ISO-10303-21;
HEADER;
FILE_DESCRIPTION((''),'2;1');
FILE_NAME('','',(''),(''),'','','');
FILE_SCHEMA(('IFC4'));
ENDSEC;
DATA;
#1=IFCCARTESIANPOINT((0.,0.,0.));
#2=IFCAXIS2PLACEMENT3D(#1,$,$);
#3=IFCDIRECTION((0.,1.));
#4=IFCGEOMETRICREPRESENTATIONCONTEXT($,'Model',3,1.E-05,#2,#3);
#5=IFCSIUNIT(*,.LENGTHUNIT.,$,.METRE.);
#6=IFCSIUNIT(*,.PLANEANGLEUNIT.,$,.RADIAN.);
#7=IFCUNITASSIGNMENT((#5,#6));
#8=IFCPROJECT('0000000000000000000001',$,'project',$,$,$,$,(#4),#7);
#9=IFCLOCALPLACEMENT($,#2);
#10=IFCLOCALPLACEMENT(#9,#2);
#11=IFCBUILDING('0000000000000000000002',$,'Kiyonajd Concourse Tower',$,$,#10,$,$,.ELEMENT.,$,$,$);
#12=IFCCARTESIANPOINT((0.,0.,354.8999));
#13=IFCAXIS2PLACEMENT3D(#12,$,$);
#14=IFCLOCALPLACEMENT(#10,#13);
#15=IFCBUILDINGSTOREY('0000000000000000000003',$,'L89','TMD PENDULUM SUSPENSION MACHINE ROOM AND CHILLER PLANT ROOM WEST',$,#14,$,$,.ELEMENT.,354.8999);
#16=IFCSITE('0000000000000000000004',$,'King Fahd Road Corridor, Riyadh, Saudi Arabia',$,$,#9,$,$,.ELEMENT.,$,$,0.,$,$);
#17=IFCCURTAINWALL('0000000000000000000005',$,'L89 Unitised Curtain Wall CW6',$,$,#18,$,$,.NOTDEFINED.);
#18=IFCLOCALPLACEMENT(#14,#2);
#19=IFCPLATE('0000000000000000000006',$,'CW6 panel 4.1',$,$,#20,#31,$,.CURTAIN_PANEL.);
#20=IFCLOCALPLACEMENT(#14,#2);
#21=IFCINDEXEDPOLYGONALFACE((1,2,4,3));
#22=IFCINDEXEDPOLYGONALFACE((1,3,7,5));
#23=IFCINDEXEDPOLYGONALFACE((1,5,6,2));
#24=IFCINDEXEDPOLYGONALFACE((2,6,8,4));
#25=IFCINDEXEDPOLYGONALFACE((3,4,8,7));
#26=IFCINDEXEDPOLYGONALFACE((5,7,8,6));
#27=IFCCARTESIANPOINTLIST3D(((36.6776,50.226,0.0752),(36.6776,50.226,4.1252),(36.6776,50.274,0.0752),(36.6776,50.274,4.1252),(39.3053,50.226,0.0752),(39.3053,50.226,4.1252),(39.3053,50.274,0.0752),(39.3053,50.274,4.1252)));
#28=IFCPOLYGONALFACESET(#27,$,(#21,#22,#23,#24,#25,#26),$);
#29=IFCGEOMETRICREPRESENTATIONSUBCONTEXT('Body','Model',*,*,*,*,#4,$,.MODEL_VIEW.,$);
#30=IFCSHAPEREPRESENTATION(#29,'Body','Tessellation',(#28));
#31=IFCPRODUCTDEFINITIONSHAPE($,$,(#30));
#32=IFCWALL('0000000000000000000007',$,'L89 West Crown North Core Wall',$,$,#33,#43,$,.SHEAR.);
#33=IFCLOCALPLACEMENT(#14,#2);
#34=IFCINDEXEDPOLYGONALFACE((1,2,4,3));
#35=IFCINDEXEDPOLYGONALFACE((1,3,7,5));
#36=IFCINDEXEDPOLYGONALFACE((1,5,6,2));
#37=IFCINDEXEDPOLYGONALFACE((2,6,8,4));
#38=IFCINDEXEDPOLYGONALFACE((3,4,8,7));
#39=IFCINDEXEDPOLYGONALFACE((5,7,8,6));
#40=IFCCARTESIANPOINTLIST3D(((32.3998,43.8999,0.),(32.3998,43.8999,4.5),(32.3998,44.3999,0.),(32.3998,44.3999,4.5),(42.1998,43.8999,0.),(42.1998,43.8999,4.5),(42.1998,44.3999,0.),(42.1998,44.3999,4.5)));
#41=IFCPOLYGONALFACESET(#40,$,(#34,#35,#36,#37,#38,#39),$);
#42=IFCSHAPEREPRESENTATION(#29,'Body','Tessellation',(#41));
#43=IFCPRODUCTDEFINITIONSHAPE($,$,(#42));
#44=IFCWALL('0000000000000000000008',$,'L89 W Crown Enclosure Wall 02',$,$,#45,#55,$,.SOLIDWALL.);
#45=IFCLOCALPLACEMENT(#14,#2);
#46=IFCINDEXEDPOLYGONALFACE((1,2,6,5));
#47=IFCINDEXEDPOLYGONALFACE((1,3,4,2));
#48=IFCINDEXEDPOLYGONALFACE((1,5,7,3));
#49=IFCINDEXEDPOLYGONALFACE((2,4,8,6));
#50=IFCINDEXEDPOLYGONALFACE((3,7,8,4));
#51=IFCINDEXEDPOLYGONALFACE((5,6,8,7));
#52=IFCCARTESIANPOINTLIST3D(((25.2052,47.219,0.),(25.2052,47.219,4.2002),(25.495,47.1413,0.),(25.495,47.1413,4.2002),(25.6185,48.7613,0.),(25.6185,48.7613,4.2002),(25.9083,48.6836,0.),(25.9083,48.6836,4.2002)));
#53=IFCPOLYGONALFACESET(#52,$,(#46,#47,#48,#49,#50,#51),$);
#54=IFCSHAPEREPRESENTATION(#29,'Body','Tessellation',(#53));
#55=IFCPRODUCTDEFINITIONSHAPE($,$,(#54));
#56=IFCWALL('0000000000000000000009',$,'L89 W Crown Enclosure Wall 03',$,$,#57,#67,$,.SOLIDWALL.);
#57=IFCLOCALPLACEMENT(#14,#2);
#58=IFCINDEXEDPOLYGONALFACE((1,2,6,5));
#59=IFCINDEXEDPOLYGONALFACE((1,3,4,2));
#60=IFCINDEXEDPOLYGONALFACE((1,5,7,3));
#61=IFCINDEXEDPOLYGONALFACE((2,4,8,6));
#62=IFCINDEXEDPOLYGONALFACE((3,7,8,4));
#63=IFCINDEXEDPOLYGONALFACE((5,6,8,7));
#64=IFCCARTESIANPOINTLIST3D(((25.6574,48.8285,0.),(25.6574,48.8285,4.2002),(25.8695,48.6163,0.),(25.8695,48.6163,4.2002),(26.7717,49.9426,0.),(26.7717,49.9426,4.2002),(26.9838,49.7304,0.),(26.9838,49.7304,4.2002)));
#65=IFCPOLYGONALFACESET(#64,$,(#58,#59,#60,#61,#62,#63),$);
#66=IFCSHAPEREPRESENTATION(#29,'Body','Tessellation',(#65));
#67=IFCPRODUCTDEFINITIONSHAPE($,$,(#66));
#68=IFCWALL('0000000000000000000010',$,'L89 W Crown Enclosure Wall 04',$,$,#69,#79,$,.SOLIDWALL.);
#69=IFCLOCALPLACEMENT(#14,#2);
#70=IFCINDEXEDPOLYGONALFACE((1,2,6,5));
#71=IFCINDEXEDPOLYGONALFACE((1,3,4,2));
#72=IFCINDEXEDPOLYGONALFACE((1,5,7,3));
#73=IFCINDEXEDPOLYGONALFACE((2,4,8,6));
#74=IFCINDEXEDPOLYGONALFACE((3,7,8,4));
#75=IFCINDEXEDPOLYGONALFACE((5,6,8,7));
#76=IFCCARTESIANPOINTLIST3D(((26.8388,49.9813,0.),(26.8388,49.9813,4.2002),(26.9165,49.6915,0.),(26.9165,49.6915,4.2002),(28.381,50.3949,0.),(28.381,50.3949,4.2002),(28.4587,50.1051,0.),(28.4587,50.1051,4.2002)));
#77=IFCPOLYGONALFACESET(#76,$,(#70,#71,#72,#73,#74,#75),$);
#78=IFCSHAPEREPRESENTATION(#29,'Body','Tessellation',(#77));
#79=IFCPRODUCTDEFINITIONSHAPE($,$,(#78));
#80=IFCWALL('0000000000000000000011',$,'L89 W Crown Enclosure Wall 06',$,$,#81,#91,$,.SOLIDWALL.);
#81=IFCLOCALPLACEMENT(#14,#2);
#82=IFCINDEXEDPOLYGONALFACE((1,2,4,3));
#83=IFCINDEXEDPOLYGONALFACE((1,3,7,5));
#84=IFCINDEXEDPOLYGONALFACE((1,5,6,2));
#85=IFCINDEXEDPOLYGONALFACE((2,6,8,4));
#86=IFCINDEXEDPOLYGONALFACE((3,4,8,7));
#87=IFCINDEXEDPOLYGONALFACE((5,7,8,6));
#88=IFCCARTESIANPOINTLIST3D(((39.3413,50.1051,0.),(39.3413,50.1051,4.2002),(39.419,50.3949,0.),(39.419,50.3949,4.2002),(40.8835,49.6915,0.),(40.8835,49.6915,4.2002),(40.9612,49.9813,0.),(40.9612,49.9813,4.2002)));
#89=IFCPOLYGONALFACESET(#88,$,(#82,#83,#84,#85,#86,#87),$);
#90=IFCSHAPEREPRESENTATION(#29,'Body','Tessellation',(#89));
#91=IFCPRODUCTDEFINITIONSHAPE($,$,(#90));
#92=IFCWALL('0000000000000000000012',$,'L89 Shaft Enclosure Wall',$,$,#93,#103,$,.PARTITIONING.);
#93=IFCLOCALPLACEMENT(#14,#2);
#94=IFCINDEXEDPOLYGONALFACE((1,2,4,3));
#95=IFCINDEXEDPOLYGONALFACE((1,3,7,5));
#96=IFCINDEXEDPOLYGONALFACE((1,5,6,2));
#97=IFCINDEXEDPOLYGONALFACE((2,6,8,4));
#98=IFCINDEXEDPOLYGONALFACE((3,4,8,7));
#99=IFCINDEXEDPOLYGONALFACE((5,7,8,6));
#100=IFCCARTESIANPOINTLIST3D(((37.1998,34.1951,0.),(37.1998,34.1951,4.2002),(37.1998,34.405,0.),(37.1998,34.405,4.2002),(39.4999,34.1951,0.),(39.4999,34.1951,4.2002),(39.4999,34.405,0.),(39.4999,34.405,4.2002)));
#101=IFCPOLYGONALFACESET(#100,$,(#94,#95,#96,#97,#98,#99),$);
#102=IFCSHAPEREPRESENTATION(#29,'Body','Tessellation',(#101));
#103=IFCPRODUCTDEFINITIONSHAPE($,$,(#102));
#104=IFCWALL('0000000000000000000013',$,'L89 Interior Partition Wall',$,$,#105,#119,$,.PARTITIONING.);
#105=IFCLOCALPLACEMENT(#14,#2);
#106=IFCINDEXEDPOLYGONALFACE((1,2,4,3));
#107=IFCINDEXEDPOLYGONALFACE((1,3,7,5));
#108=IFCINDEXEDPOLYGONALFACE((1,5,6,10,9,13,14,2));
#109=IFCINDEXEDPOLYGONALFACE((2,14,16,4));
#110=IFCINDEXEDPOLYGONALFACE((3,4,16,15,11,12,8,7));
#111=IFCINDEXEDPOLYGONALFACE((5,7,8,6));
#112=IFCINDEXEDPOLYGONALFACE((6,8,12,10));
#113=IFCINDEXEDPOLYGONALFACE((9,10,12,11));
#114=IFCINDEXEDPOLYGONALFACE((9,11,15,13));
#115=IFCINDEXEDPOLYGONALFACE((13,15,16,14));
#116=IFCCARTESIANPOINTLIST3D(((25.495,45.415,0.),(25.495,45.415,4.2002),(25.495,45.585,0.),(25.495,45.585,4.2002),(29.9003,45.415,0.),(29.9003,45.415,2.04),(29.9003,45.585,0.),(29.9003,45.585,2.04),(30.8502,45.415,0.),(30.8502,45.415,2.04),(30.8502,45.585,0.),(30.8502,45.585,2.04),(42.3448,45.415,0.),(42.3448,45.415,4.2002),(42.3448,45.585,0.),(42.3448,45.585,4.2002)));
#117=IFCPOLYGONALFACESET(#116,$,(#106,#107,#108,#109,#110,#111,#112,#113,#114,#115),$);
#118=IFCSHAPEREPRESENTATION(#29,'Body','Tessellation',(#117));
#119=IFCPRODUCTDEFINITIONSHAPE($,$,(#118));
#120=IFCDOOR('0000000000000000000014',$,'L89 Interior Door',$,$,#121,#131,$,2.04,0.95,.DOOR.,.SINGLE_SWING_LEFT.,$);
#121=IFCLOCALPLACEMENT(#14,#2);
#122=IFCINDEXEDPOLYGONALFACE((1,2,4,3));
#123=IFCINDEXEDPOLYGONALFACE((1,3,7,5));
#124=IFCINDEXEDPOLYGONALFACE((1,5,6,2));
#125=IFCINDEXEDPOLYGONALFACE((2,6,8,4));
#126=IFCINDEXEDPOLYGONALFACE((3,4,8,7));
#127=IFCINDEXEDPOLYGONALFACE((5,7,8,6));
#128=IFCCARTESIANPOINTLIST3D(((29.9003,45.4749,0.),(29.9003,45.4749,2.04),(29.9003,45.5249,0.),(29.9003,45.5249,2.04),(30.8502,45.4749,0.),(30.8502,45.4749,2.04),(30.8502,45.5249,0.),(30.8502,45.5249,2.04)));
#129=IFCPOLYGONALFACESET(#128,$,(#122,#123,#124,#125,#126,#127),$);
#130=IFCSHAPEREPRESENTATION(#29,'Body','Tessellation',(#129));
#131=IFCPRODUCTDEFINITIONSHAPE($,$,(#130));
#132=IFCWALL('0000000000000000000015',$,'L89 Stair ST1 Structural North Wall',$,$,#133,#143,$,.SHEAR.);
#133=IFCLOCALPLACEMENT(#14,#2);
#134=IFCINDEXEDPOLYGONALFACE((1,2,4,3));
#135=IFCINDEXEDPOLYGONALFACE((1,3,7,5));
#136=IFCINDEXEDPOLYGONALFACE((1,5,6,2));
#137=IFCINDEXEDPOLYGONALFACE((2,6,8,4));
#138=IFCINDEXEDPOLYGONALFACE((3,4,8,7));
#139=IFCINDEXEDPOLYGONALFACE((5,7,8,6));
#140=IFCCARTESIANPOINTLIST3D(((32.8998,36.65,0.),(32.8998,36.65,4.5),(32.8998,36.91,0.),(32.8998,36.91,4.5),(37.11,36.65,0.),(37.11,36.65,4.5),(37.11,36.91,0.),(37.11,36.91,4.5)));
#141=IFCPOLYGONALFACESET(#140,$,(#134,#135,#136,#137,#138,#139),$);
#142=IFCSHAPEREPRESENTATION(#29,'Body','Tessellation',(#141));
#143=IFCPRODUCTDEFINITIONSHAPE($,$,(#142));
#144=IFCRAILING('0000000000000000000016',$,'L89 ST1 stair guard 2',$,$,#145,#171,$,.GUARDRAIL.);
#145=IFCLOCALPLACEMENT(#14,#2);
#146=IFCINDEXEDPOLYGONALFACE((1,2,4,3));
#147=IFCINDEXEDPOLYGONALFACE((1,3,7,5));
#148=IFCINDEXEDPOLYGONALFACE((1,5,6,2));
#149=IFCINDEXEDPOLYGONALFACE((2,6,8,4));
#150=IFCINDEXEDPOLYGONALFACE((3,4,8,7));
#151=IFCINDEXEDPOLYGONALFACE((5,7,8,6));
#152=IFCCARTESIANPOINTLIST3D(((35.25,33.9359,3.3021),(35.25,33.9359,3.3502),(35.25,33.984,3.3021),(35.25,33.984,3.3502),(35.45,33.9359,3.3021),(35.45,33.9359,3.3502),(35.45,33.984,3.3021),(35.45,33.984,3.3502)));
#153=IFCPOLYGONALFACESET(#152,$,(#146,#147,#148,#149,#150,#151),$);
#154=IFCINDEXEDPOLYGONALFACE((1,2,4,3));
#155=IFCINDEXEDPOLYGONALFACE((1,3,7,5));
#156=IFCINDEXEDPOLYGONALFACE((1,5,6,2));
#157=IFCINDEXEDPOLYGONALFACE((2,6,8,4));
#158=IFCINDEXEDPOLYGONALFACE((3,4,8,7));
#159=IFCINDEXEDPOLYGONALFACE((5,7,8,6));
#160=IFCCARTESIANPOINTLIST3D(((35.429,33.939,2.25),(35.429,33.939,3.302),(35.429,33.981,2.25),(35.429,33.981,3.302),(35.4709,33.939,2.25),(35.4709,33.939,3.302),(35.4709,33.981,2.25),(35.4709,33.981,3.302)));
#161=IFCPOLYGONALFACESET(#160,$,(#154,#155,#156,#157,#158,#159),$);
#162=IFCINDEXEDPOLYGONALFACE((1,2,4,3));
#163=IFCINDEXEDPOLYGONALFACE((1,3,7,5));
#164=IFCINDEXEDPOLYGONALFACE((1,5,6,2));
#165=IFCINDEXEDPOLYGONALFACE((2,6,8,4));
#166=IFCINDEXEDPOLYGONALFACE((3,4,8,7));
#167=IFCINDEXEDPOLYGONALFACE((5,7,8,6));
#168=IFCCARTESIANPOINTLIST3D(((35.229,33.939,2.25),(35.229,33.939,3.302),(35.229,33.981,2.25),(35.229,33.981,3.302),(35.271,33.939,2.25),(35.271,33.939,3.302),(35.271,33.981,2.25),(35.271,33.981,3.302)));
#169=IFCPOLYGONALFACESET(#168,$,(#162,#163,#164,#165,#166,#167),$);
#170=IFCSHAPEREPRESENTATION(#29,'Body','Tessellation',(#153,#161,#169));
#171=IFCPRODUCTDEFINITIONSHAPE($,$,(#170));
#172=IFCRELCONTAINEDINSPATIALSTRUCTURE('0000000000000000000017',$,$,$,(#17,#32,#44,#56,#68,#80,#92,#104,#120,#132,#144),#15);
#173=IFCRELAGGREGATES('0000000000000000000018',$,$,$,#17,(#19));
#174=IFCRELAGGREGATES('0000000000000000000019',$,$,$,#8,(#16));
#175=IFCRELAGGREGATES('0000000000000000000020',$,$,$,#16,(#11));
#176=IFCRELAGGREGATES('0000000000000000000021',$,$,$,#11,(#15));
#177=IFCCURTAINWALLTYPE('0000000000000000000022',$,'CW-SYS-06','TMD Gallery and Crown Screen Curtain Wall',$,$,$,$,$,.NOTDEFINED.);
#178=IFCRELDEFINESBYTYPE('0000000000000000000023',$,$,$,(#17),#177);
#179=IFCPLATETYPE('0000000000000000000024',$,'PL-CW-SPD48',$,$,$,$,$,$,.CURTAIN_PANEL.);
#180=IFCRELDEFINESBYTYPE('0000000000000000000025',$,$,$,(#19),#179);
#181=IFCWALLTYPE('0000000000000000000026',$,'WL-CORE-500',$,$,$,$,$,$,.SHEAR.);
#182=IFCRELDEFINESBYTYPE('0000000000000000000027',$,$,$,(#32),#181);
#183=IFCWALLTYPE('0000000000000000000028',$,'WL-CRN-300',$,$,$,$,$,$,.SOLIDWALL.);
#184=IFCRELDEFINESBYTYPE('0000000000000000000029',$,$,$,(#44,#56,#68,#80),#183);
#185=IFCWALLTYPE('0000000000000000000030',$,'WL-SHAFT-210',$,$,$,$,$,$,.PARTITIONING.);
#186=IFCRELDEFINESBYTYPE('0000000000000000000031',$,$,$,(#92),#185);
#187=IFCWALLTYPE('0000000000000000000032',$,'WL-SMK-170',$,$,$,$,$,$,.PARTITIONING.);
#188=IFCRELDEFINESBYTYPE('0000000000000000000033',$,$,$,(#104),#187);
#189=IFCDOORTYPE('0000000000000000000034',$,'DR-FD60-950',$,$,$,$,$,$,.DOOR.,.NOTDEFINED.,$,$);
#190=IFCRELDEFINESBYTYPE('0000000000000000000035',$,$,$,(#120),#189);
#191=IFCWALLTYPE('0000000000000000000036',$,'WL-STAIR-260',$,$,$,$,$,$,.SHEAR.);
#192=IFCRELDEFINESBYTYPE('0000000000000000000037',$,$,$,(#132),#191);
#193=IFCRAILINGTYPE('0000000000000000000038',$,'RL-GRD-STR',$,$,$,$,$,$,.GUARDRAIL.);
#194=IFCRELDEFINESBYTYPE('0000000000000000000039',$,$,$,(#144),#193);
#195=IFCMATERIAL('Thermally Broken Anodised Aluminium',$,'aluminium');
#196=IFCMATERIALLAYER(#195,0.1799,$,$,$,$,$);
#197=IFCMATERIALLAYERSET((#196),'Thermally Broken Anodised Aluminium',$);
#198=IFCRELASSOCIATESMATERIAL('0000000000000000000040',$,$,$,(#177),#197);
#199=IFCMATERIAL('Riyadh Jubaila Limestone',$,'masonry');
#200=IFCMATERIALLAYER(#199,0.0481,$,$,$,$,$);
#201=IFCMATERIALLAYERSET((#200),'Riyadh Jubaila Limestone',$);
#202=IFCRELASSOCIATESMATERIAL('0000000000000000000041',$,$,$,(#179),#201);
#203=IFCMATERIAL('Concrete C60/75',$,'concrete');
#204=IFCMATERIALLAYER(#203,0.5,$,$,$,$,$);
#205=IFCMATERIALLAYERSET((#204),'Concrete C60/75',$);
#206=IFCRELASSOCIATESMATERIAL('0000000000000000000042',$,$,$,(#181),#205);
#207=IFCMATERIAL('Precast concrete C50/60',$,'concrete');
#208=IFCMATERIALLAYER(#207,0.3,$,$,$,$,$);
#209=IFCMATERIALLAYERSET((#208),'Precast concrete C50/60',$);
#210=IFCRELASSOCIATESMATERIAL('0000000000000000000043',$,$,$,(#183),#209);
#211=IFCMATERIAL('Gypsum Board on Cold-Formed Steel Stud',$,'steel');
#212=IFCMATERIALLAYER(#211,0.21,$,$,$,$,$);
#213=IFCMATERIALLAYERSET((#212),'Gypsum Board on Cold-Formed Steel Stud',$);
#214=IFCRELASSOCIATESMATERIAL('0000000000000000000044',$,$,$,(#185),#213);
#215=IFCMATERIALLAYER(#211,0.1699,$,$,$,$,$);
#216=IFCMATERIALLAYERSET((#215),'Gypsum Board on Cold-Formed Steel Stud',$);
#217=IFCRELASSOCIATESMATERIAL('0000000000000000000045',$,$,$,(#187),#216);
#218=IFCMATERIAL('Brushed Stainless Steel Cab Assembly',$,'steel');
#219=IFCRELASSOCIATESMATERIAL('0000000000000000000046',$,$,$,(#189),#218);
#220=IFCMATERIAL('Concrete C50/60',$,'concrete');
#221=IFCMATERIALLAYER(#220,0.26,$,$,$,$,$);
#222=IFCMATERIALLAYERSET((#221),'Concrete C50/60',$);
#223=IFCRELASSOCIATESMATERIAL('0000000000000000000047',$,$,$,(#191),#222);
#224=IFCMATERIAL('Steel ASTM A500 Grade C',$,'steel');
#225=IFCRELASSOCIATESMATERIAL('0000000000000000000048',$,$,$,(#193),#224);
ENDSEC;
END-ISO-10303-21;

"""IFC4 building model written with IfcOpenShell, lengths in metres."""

from ifc_helpers import new_model, si_unit, direction, frame, frame_2d, origin, origin_2d, place, context, subcontext, project, spatial, rectangle, extrude, material, layer, layer_set, type_object, element, fill, aggregate, save


model = new_model("IFC4")

# Units and contexts
model_context = context("Model", 3, precision=1e-05, world=origin(), true_north=direction((0.0, 1.0)))
body_context = subcontext(model_context, "Body", "Model", "MODEL_VIEW")
ifc_project = project(units=[si_unit("LENGTHUNIT", "METRE"), si_unit("PLANEANGLEUNIT", "RADIAN")], contexts=[model_context])

# Site, building, storey
site_placement = place(None, origin())
site = spatial("IfcSite", under=ifc_project, at=site_placement, Name="King Fahd Road Corridor, Riyadh, Saudi Arabia", CompositionType="ELEMENT", RefElevation=0.0)
building_placement = place(site_placement, origin())
building = spatial("IfcBuilding", under=site, at=building_placement, Name="Kiyonajd Concourse Tower", CompositionType="ELEMENT")
storey_placement = place(building_placement, frame((0.0, 0.0, 354.8999)))
storey = spatial("IfcBuildingStorey", under=building, at=storey_placement, Name="L89", Description="TMD PENDULUM SUSPENSION MACHINE ROOM AND CHILLER PLANT ROOM WEST", CompositionType="ELEMENT", Elevation=354.8999)

# Shared definitions
ifc_material_1 = material(Name="Steel ASTM A500 Grade C", Category="steel")

# Curtain wall
ifc_material_2 = material(Name="Thermally Broken Anodised Aluminium", Category="aluminium")
ifc_layer_1 = layer(ifc_material_2, 0.1799)
ifc_layer_set_1 = layer_set([ifc_layer_1], Name="Thermally Broken Anodised Aluminium")
curtain_wall_type = type_object("IfcCurtainWallType", Name="CW-SYS-06", Description="TMD Gallery and Crown Screen Curtain Wall", PredefinedType="NOTDEFINED", material=ifc_layer_set_1)
curtain_wall_placement = place(storey_placement, origin())
curtain_wall = element("IfcCurtainWall", 1, at=curtain_wall_placement, inside=storey, type_object=curtain_wall_type, Name="L89 Unitised Curtain Wall CW6", PredefinedType="NOTDEFINED")

# Plate
ifc_material_3 = material(Name="Riyadh Jubaila Limestone", Category="masonry")
ifc_layer_2 = layer(ifc_material_3, 0.0481)
ifc_layer_set_2 = layer_set([ifc_layer_2], Name="Riyadh Jubaila Limestone")
plate_type_1 = type_object("IfcPlateType", Name="PL-CW-SPD48", PredefinedType="CURTAIN_PANEL", material=ifc_layer_set_2)
plate_1_placement = place(storey_placement, frame((37.9915, 50.25, 0.0752), z_axis=(0.0, 0.0, 1.0), x_axis=(1.0, 0.0, 0.0)))
plate_1 = element("IfcPlate", 2, at=plate_1_placement, type_object=plate_type_1, Name="CW6 panel 4.1", PredefinedType="CURTAIN_PANEL", context=body_context, shape_type="SweptSolid", body=[
    extrude(rectangle(XDim=2.6277, YDim=0.0481, at=origin_2d()), origin(), (0.0, 0.0, 1.0), 4.05),
])
aggregate(curtain_wall, [plate_1])

# Walls
ifc_material_4 = material(Name="Concrete C60/75", Category="concrete")
ifc_layer_3 = layer(ifc_material_4, 0.5)
ifc_layer_set_3 = layer_set([ifc_layer_3], Name="Concrete C60/75")
wall_type_1 = type_object("IfcWallType", Name="WL-CORE-500", PredefinedType="SHEAR", material=ifc_layer_set_3)
wall_1_placement = place(storey_placement, frame((32.3999, 44.1499, 0.0), z_axis=(0.0, 0.0, 1.0), x_axis=(1.0, 0.0, 0.0)))
element("IfcWall", 3, at=wall_1_placement, inside=storey, type_object=wall_type_1, Name="L89 West Crown North Core Wall", PredefinedType="SHEAR", context=body_context, shape_type="SweptSolid", body=[
    extrude(rectangle(XDim=9.8, YDim=0.5, at=frame_2d((4.8999, 0.0))), origin(), (0.0, 0.0, 1.0), 4.5),
])
ifc_material_5 = material(Name="Precast concrete C50/60", Category="concrete")
ifc_layer_4 = layer(ifc_material_5, 0.3)
ifc_layer_set_4 = layer_set([ifc_layer_4], Name="Precast concrete C50/60")
wall_type_2 = type_object("IfcWallType", Name="WL-CRN-300", PredefinedType="SOLIDWALL", material=ifc_layer_set_4)
wall_2_placement = place(storey_placement, frame((25.3501, 47.1802, 0.0), z_axis=(0.0, 0.0, 1.0), x_axis=(0.258871, 0.965912, 0.0)))
element("IfcWall", 4, at=wall_2_placement, inside=storey, type_object=wall_type_2, Name="L89 W Crown Enclosure Wall 02", PredefinedType="SOLIDWALL", context=body_context, shape_type="SweptSolid", body=[
    extrude(rectangle(XDim=1.5967, YDim=0.3, at=frame_2d((0.7983, 0.0))), origin(), (0.0, 0.0, 1.0), 4.2002),
])
wall_3_placement = place(storey_placement, frame((25.7634, 48.7224, 0.0), z_axis=(0.0, 0.0, 1.0), x_axis=(0.707184, 0.707029, 0.0)))
element("IfcWall", 5, at=wall_3_placement, inside=storey, type_object=wall_type_2, Name="L89 W Crown Enclosure Wall 03", PredefinedType="SOLIDWALL", context=body_context, shape_type="SweptSolid", body=[
    extrude(rectangle(XDim=1.5757, YDim=0.3, at=frame_2d((0.7878, 0.0))), origin(), (0.0, 0.0, 1.0), 4.2002),
])
for number, where, z_axis, x_axis, name in (
    (6, (26.8777, 49.8364, 0.0), (0.0, 0.0, 1.0), (0.965874, 0.259014, 0.0), "L89 W Crown Enclosure Wall 04"),
    (7, (39.3801, 50.25, 0.0), (0.0, 0.0, 1.0), (0.965874, -0.259014, 0.0), "L89 W Crown Enclosure Wall 06"),
):
    element("IfcWall", number, at=place(storey_placement, frame(where, z_axis=z_axis, x_axis=x_axis)), inside=storey, type_object=wall_type_2, Name=name, PredefinedType="SOLIDWALL", context=body_context, shape_type="SweptSolid", body=[
        extrude(rectangle(XDim=1.5967, YDim=0.3, at=frame_2d((0.7983, 0.0))), origin(), (0.0, 0.0, 1.0), 4.2002),
    ])
ifc_material_6 = material(Name="Gypsum Board on Cold-Formed Steel Stud", Category="steel")
ifc_layer_5 = layer(ifc_material_6, 0.21)
ifc_layer_set_5 = layer_set([ifc_layer_5], Name="Gypsum Board on Cold-Formed Steel Stud")
wall_type_3 = type_object("IfcWallType", Name="WL-SHAFT-210", PredefinedType="PARTITIONING", material=ifc_layer_set_5)
wall_4_placement = place(storey_placement, frame((37.2, 34.3, 0.0), z_axis=(0.0, 0.0, 1.0), x_axis=(1.0, 0.0, 0.0)))
element("IfcWall", 8, at=wall_4_placement, inside=storey, type_object=wall_type_3, Name="L89 Shaft Enclosure Wall", PredefinedType="PARTITIONING", context=body_context, shape_type="SweptSolid", body=[
    extrude(rectangle(XDim=2.3, YDim=0.21, at=frame_2d((1.1499, 0.0))), origin(), (0.0, 0.0, 1.0), 4.2002),
])

# Wall, opening, door
ifc_layer_6 = layer(ifc_material_6, 0.1699)
ifc_layer_set_6 = layer_set([ifc_layer_6], Name="Gypsum Board on Cold-Formed Steel Stud")
wall_type_4 = type_object("IfcWallType", Name="WL-SMK-170", PredefinedType="PARTITIONING", material=ifc_layer_set_6)
wall_5_placement = place(storey_placement, frame((25.4951, 45.5, 0.0), z_axis=(0.0, 0.0, 1.0), x_axis=(1.0, 0.0, 0.0)))
wall_5 = element("IfcWall", 9, at=wall_5_placement, inside=storey, type_object=wall_type_4, Name="L89 Interior Partition Wall", PredefinedType="PARTITIONING", context=body_context, shape_type="SweptSolid", body=[
    extrude(rectangle(XDim=16.8499, YDim=0.1699, at=frame_2d((8.4248, 0.0))), origin(), (0.0, 0.0, 1.0), 4.2002),
])
opening_placement = place(wall_5_placement, frame((4.405, 0.0, 0.0)))
opening = element("IfcOpeningElement", 10, at=opening_placement, cuts=wall_5, PredefinedType="OPENING", context=body_context, shape_type="SweptSolid", body=[
    extrude(rectangle(XDim=0.95, YDim=2.04, at=frame_2d((0.4751, 1.02))), frame((0.0, 0.095, 0.0), z_axis=(0.0, -1.0, 0.0), x_axis=(1.0, 0.0, 0.0)), (0.0, 0.0, 1.0), 0.1899),
])
ifc_material_7 = material(Name="Brushed Stainless Steel Cab Assembly", Category="steel")
door_type = type_object("IfcDoorType", Name="DR-FD60-950", OperationType="NOTDEFINED", PredefinedType="DOOR", material=ifc_material_7)
door_placement = place(opening_placement, origin())
door = element("IfcDoor", 11, at=door_placement, inside=storey, type_object=door_type, Name="L89 Interior Door", OperationType="SINGLE_SWING_LEFT", OverallHeight=2.04, OverallWidth=0.95, PredefinedType="DOOR", context=body_context, shape_type="SweptSolid", body=[
    extrude(rectangle(XDim=0.95, YDim=2.04, at=frame_2d((0.4751, 1.02))), frame((0.0, 0.0249, 0.0), z_axis=(0.0, -1.0, 0.0), x_axis=(1.0, 0.0, 0.0)), (0.0, 0.0, 1.0), 0.05),
])
fill(opening, door)

# Wall
ifc_material_8 = material(Name="Concrete C50/60", Category="concrete")
ifc_layer_7 = layer(ifc_material_8, 0.26)
ifc_layer_set_7 = layer_set([ifc_layer_7], Name="Concrete C50/60")
wall_type_5 = type_object("IfcWallType", Name="WL-STAIR-260", PredefinedType="SHEAR", material=ifc_layer_set_7)
wall_6_placement = place(storey_placement, frame((32.8999, 36.78, 0.0), z_axis=(0.0, 0.0, 1.0), x_axis=(1.0, 0.0, 0.0)))
element("IfcWall", 12, at=wall_6_placement, inside=storey, type_object=wall_type_5, Name="L89 Stair ST1 Structural North Wall", PredefinedType="SHEAR", context=body_context, shape_type="SweptSolid", body=[
    extrude(rectangle(XDim=4.2102, YDim=0.26, at=frame_2d((2.105, 0.0))), origin(), (0.0, 0.0, 1.0), 4.5),
])

# Railing
railing_type = type_object("IfcRailingType", Name="RL-GRD-STR", PredefinedType="GUARDRAIL", material=ifc_material_1)
railing_1_placement = place(storey_placement, frame((35.45, 33.96, 2.25)))
element("IfcRailing", 13, at=railing_1_placement, inside=storey, type_object=railing_type, Name="L89 ST1 stair guard 2", PredefinedType="GUARDRAIL", context=body_context, shape_type="SweptSolid", body=[
    extrude(rectangle(XDim=0.0481, YDim=0.0481, at=origin_2d()), frame((0.0, 0.0, 1.0762), z_axis=(-1.0, 0.0, 0.0), x_axis=(0.0, -1.0, 0.0)), (0.0, 0.0, 1.0), 0.2),
    extrude(rectangle(XDim=0.042, YDim=0.042, at=origin_2d()), origin(), (0.0, 0.0, 1.0), 1.052),
    extrude(rectangle(XDim=0.042, YDim=0.042, at=origin_2d()), frame((-0.2, 0.0, 0.0)), (0.0, 0.0, 1.0), 1.052),
])

save(model, "model.ifc")
